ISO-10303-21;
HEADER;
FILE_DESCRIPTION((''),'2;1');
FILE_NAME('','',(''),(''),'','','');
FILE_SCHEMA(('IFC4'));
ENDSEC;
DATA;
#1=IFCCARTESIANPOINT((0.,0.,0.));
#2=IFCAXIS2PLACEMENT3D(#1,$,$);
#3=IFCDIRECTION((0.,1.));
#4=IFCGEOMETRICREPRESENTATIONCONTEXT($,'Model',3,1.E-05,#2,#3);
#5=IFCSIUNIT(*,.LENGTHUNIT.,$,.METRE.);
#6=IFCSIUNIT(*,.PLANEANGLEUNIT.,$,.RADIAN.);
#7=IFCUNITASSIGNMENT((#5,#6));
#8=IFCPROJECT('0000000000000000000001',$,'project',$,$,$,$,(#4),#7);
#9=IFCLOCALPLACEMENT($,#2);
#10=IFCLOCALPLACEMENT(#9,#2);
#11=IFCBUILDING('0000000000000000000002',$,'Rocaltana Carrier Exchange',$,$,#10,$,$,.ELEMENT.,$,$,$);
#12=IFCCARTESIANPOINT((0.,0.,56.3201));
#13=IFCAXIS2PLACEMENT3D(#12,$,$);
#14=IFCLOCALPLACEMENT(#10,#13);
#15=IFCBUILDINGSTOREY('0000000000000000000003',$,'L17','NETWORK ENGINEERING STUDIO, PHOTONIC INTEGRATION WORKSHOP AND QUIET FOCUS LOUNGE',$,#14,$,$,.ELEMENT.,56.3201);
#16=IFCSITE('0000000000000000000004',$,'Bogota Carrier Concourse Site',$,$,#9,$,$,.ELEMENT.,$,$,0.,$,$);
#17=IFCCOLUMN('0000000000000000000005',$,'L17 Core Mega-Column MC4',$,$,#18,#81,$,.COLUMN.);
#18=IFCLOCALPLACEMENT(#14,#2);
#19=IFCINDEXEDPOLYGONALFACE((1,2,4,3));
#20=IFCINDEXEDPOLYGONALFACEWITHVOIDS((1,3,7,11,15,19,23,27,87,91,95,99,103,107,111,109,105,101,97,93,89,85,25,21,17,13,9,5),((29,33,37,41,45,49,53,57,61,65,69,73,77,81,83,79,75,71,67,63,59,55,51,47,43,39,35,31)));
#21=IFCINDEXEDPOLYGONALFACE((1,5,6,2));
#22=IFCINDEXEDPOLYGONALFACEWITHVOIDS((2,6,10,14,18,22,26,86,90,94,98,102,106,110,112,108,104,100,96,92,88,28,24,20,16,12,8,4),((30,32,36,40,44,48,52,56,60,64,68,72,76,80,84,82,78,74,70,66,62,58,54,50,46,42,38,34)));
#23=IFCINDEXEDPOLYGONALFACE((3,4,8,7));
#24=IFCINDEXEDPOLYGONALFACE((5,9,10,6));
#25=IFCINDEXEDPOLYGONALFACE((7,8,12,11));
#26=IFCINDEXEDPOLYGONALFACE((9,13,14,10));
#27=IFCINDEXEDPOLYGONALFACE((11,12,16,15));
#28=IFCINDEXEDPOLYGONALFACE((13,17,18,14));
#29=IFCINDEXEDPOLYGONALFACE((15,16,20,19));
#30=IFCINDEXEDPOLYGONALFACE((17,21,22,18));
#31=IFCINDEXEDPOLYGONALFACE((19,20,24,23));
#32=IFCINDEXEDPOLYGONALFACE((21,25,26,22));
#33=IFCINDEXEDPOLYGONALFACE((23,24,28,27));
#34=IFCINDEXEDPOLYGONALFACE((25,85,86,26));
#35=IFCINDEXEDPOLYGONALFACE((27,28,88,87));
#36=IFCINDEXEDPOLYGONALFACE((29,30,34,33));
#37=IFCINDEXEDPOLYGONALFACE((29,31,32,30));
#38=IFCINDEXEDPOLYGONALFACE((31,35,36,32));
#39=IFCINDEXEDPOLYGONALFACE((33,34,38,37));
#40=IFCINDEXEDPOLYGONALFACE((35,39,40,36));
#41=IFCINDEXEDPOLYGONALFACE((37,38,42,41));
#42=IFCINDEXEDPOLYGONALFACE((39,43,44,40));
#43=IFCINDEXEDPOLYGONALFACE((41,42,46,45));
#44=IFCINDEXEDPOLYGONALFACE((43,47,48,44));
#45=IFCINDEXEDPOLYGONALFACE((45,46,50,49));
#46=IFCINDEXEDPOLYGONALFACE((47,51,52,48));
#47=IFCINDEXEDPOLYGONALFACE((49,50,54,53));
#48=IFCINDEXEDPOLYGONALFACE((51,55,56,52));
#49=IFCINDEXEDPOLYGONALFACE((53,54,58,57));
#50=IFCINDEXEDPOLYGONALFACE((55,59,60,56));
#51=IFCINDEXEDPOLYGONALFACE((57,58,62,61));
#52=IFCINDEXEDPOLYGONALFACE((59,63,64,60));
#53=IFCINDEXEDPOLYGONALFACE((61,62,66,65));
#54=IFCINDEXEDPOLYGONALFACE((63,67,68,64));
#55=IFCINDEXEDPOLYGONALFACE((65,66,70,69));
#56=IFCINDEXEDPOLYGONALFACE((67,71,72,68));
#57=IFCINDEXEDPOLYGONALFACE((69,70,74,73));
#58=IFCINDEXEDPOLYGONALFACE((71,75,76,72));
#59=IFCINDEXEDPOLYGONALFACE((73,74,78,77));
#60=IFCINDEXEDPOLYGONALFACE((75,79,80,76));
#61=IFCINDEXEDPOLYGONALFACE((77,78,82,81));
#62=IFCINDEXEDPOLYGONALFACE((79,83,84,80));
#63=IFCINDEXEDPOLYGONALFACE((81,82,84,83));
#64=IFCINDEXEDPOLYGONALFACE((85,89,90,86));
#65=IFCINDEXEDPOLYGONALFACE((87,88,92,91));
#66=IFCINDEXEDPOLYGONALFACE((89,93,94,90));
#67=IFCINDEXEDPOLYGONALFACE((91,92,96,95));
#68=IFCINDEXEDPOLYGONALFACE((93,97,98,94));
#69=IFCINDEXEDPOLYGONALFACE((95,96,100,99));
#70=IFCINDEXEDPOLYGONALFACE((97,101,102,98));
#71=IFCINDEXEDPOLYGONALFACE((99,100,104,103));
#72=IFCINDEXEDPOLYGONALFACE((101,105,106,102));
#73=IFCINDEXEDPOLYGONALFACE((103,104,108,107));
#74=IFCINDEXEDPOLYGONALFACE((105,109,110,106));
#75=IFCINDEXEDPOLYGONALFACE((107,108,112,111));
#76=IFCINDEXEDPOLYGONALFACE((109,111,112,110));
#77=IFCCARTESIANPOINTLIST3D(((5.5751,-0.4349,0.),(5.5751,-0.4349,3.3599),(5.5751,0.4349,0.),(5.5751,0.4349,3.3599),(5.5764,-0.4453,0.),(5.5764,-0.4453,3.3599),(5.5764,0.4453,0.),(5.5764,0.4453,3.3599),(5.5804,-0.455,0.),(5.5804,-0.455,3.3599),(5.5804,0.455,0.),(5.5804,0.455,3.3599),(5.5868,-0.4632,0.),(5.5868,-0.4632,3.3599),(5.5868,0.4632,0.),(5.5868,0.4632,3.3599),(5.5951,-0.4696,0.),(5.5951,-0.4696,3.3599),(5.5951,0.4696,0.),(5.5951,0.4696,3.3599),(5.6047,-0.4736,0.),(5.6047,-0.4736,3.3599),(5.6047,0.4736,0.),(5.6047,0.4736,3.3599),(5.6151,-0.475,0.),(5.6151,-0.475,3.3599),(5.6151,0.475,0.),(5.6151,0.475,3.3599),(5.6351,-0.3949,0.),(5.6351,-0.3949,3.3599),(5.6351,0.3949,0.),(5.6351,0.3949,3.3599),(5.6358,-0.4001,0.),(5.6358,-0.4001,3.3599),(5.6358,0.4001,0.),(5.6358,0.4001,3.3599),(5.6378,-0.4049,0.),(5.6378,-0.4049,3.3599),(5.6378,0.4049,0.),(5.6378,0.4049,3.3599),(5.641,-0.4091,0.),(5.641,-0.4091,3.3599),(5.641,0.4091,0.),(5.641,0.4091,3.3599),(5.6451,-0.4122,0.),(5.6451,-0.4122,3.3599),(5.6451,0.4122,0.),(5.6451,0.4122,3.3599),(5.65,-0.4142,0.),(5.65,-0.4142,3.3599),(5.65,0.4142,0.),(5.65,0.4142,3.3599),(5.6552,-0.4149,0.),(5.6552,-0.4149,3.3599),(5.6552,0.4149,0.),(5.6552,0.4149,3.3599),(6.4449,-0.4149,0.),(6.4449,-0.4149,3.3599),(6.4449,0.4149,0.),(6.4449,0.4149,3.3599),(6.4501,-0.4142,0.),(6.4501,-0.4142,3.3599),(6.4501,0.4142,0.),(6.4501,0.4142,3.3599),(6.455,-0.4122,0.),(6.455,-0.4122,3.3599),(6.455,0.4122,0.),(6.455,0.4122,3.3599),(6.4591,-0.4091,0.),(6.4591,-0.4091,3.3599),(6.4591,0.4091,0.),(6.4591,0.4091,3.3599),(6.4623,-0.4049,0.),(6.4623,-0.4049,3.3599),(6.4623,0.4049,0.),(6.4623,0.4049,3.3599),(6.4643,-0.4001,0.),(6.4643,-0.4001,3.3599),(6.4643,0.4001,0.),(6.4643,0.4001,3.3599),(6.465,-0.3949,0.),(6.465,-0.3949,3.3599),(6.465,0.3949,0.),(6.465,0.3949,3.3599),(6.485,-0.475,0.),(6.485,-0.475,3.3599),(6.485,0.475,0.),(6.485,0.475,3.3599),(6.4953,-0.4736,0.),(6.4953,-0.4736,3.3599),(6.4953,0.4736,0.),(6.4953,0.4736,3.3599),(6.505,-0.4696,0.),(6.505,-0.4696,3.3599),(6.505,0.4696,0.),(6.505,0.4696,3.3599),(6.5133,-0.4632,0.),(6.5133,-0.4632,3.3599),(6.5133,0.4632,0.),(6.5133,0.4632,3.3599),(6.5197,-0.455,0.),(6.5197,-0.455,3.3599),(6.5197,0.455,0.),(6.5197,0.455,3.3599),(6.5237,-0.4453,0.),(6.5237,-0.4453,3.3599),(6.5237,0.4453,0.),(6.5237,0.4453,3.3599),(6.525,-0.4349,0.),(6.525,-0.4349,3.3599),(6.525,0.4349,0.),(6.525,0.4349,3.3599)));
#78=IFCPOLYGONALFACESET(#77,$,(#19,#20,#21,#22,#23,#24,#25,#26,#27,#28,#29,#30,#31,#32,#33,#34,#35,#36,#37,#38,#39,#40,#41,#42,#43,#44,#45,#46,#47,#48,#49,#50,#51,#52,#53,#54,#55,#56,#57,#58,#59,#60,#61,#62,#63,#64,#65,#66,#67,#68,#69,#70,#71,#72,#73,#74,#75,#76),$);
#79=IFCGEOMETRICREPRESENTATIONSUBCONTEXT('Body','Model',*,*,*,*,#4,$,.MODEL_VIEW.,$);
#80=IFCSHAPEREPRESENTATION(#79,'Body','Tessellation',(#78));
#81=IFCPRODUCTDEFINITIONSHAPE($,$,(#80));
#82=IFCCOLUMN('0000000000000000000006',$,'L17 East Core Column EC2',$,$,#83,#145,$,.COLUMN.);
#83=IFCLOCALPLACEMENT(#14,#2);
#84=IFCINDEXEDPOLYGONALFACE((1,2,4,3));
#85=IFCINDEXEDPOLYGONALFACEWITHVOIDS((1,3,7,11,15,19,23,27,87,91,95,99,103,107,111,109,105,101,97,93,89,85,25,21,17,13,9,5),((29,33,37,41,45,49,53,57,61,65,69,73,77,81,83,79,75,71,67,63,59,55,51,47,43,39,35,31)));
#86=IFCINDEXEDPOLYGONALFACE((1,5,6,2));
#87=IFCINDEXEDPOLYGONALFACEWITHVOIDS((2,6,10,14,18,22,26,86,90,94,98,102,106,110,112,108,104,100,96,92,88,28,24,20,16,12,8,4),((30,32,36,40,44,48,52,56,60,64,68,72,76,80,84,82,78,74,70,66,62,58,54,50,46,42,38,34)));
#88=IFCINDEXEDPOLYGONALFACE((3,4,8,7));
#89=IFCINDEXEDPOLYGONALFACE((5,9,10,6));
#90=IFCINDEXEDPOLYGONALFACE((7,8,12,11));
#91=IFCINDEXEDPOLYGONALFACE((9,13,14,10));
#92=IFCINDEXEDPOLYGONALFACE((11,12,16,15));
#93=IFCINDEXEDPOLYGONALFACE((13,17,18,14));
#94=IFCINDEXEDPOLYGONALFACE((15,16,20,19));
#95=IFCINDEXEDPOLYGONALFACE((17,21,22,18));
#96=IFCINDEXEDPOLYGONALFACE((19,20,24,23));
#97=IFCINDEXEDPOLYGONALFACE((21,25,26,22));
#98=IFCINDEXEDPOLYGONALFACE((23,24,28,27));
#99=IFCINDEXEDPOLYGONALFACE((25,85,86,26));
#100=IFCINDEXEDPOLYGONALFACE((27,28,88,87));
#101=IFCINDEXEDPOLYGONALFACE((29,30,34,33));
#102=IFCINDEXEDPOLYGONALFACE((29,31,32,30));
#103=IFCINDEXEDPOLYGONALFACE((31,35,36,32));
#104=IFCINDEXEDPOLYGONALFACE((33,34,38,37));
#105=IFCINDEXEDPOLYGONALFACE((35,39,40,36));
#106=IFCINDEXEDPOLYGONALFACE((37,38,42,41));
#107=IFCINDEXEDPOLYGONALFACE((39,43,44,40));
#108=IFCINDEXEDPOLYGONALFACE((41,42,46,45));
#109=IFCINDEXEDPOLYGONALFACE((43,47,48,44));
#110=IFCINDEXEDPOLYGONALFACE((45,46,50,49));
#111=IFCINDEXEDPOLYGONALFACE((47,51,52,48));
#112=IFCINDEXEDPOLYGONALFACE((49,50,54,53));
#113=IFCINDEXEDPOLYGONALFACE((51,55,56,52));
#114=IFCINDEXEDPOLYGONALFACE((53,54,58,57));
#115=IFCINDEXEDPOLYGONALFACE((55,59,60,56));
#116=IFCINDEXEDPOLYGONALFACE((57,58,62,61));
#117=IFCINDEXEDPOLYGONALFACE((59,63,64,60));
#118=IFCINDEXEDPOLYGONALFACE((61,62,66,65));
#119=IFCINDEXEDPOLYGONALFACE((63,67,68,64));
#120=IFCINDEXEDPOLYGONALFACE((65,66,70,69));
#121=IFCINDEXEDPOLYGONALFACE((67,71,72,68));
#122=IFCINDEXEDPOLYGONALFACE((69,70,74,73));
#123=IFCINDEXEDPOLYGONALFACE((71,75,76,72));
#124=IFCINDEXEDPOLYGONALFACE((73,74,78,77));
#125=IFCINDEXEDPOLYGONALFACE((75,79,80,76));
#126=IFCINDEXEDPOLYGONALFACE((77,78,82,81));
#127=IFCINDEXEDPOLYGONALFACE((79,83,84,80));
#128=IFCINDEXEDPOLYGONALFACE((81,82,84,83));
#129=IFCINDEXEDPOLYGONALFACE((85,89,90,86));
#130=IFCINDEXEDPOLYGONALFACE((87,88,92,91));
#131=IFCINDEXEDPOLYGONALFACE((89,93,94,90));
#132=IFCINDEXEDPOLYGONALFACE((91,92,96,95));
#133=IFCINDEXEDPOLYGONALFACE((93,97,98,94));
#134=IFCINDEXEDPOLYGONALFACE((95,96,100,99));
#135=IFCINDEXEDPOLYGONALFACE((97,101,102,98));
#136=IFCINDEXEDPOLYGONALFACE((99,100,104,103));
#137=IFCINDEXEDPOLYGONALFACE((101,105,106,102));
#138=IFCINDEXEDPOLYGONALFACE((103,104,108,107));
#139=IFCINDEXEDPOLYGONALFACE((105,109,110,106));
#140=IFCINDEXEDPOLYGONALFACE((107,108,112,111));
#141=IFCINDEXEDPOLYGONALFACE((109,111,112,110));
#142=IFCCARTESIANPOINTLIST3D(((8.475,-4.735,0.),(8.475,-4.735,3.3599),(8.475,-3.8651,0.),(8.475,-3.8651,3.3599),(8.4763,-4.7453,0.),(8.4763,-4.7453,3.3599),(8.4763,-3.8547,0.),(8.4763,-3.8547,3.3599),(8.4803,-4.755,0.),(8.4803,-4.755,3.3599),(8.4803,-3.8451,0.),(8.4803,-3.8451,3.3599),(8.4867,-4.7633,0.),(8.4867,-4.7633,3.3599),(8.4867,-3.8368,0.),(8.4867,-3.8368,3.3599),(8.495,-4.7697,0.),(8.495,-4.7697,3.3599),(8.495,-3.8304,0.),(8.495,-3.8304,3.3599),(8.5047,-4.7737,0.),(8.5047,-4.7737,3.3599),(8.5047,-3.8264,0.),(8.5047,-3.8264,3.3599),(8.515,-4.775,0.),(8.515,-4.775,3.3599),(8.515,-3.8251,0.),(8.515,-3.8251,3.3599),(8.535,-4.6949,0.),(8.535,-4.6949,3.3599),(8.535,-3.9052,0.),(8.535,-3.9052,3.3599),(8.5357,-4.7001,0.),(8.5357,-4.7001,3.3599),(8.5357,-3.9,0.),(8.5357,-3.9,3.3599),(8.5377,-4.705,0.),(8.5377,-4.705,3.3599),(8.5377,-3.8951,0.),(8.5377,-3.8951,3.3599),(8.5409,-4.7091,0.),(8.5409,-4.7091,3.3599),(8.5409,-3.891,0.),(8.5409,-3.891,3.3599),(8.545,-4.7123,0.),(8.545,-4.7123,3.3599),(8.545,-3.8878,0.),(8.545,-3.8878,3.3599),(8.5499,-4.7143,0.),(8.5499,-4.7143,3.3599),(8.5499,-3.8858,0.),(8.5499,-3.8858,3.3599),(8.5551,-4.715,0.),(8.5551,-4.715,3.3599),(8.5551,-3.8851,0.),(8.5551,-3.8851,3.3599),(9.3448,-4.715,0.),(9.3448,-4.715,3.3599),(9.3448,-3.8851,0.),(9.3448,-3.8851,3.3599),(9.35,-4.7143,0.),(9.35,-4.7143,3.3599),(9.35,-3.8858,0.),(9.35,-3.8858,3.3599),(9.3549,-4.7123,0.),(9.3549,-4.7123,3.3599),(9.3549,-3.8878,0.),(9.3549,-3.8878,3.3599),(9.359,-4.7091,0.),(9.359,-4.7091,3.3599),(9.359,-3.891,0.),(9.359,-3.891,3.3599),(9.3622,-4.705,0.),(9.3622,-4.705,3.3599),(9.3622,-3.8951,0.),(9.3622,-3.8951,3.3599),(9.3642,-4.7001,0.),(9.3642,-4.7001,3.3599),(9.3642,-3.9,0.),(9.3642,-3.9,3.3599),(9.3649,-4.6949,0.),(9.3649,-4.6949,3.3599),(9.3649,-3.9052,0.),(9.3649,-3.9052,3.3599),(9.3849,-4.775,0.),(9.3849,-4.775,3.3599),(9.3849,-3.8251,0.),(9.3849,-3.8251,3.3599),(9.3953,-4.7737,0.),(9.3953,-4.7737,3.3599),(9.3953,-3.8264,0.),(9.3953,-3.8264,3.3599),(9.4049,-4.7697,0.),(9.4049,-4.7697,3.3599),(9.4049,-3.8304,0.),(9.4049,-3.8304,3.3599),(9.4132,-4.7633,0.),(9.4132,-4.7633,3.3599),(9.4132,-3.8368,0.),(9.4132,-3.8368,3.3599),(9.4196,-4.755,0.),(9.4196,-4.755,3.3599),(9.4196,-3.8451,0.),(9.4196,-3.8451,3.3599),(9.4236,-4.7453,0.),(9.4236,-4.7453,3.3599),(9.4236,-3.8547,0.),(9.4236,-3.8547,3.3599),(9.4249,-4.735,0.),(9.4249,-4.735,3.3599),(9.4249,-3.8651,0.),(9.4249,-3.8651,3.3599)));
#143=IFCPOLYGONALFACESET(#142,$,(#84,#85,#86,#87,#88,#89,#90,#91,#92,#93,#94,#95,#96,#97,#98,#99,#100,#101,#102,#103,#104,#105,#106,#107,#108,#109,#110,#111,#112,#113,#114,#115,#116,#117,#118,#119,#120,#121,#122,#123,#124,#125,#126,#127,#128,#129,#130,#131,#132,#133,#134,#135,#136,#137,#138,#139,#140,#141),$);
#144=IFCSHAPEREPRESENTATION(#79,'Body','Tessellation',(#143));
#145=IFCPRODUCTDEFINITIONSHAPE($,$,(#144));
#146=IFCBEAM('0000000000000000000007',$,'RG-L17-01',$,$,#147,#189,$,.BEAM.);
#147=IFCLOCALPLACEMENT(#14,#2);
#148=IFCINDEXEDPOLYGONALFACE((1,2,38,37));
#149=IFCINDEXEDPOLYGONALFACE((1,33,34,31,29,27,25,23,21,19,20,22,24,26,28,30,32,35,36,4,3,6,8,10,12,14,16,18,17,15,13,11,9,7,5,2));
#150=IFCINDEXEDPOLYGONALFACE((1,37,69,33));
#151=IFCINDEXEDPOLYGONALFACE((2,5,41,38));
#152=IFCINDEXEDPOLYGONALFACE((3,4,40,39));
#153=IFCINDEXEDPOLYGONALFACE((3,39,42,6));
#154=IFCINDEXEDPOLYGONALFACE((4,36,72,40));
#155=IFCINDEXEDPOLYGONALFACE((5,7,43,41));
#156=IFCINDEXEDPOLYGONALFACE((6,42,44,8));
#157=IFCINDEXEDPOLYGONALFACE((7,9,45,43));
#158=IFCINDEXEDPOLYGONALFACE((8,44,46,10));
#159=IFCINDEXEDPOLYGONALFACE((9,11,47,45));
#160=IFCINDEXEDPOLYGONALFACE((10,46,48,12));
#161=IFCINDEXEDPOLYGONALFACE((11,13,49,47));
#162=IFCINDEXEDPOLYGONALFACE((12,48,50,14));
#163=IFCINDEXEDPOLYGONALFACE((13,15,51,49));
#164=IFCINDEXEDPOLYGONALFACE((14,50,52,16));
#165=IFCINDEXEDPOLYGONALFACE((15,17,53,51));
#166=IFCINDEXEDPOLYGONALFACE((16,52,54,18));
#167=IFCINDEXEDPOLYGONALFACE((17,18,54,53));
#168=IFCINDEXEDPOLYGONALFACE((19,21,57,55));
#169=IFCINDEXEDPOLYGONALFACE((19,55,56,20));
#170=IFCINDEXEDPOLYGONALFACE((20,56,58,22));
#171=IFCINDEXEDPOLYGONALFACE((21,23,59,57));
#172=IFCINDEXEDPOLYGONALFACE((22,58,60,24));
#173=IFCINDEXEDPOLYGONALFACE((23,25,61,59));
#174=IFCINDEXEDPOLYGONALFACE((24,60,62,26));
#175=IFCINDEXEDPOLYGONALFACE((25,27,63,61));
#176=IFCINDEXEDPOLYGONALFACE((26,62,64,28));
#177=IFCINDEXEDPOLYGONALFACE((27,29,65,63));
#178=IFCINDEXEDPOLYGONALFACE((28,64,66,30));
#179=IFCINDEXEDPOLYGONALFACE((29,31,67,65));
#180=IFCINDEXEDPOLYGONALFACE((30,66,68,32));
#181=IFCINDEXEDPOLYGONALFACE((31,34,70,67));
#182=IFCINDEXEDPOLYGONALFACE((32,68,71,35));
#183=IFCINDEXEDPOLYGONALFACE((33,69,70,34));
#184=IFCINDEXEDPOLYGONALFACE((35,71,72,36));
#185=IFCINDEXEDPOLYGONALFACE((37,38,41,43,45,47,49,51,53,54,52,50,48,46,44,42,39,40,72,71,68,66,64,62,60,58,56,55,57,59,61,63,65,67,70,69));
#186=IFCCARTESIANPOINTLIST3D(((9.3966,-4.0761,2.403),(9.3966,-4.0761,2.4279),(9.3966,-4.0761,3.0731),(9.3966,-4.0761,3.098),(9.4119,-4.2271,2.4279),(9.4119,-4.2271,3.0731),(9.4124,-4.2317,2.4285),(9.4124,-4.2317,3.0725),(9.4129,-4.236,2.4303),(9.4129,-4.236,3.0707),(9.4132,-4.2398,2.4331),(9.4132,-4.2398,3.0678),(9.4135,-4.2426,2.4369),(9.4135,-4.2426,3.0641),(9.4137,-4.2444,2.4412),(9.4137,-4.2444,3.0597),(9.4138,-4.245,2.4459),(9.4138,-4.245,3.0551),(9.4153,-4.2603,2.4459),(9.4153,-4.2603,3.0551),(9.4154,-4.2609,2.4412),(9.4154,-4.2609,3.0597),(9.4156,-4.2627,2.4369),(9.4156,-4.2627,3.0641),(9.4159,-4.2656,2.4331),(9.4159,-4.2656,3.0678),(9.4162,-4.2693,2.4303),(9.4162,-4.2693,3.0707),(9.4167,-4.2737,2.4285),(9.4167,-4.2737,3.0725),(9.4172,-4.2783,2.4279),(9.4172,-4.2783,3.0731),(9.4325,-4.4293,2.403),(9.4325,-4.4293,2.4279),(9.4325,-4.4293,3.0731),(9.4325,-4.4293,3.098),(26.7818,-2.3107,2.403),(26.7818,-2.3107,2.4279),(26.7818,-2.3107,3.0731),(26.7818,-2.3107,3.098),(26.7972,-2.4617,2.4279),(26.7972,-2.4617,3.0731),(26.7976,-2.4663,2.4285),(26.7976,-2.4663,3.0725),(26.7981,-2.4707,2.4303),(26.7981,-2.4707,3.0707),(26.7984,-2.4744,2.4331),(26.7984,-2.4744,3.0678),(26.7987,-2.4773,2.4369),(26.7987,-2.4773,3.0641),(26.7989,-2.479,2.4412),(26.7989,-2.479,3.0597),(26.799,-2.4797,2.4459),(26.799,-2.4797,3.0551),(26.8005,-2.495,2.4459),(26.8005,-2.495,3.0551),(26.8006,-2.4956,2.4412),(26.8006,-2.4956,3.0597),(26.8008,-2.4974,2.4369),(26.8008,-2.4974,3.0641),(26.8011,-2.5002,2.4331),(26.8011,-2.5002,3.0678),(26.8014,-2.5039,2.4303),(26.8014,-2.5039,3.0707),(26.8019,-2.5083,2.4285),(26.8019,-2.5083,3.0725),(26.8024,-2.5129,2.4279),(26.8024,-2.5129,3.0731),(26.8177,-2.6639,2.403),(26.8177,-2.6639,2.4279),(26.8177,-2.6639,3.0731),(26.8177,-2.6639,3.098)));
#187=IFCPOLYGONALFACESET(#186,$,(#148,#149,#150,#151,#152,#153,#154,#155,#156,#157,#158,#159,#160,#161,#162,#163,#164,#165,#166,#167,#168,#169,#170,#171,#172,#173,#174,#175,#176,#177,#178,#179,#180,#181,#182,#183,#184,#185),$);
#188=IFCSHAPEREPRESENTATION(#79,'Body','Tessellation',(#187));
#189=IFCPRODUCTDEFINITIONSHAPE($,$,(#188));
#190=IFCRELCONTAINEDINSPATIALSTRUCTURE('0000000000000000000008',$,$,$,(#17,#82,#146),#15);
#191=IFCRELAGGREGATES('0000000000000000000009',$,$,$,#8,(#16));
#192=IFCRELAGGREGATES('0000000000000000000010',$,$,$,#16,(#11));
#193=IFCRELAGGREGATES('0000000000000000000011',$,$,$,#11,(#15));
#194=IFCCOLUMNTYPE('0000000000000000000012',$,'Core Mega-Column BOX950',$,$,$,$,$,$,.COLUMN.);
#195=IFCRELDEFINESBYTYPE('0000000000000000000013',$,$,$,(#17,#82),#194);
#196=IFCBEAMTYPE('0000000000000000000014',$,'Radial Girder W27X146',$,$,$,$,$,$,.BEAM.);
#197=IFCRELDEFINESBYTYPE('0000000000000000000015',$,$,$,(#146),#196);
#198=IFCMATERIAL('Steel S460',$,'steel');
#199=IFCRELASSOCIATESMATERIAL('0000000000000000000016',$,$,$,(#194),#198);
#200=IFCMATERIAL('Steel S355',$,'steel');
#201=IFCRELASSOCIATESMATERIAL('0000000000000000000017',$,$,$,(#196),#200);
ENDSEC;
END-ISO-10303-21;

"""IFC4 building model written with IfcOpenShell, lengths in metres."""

from ifc_helpers import new_model, si_unit, direction, frame, origin, origin_2d, place, context, subcontext, project, spatial, hollow_rectangle, i_section, extrude, material, material_profile, profile_set, type_object, element, save


model = new_model("IFC4")

# Units and contexts
model_context = context("Model", 3, precision=1e-05, world=origin(), true_north=direction((0.0, 1.0)))
body_context = subcontext(model_context, "Body", "Model", "MODEL_VIEW")
ifc_project = project(units=[si_unit("LENGTHUNIT", "METRE"), si_unit("PLANEANGLEUNIT", "RADIAN")], contexts=[model_context])

# Site, building, storey
site_placement = place(None, origin())
site = spatial("IfcSite", under=ifc_project, at=site_placement, Name="Bogota Carrier Concourse Site", CompositionType="ELEMENT", RefElevation=0.0)
building_placement = place(site_placement, origin())
building = spatial("IfcBuilding", under=site, at=building_placement, Name="Rocaltana Carrier Exchange", CompositionType="ELEMENT")
storey_placement = place(building_placement, frame((0.0, 0.0, 56.3201)))
storey = spatial("IfcBuildingStorey", under=building, at=storey_placement, Name="L17", Description="NETWORK ENGINEERING STUDIO, PHOTONIC INTEGRATION WORKSHOP AND QUIET FOCUS LOUNGE", CompositionType="ELEMENT", Elevation=56.3201)

# Columns
ifc_material_1 = material(Name="Steel S460", Category="steel")
ifc_material_profile_1 = material_profile(ifc_material_1, hollow_rectangle(XDim=0.95, YDim=0.95, WallThickness=0.0601, InnerFilletRadius=0.02, OuterFilletRadius=0.04, at=origin_2d()), Name="BOX950X950X60")
ifc_profile_set_1 = profile_set([ifc_material_profile_1], Name="Steel S460")
column_type = type_object("IfcColumnType", Name="Core Mega-Column BOX950", PredefinedType="COLUMN", material=ifc_profile_set_1)
for number, where, z_axis, x_axis, name in (
    (1, (6.05, 0.0, 0.0), (0.0, 0.0, 1.0), (1.0, 0.0, 0.0), "L17 Core Mega-Column MC4"),
    (2, (8.95, -4.3, 0.0), (0.0, 0.0, 1.0), (1.0, 0.0, 0.0), "L17 East Core Column EC2"),
):
    element("IfcColumn", number, at=place(storey_placement, frame(where, z_axis=z_axis, x_axis=x_axis)), inside=storey, type_object=column_type, Name=name, PredefinedType="COLUMN", context=body_context, shape_type="SweptSolid", body=[
        extrude(hollow_rectangle(XDim=0.95, YDim=0.95, WallThickness=0.0601, InnerFilletRadius=0.02, OuterFilletRadius=0.04, at=origin_2d()), origin(), (0.0, 0.0, 1.0), 3.3599),
    ])

# Beam
ifc_material_2 = material(Name="Steel S355", Category="steel")
ifc_material_profile_2 = material_profile(ifc_material_2, i_section(OverallWidth=0.355, OverallDepth=0.6951, WebThickness=0.0154, FlangeThickness=0.0249, FilletRadius=0.0181, at=origin_2d()), Name="W27X146")
ifc_profile_set_2 = profile_set([ifc_material_profile_2], Name="Steel S355")
beam_type = type_object("IfcBeamType", Name="Radial Girder W27X146", PredefinedType="BEAM", material=ifc_profile_set_2)
beam_placement = place(storey_placement, frame((9.4146, -4.2527, 2.7505), z_axis=(0.994884, 0.101025, 0.0), x_axis=(-0.101025, 0.994884, 0.0)))
element("IfcBeam", 3, at=beam_placement, inside=storey, type_object=beam_type, Name="RG-L17-01", PredefinedType="BEAM", context=body_context, shape_type="SweptSolid", body=[
    extrude(i_section(OverallWidth=0.355, OverallDepth=0.6951, WebThickness=0.0154, FlangeThickness=0.0249, FilletRadius=0.0181, at=origin_2d()), origin(), (0.0, 0.0, 1.0), 17.4746),
])

save(model, "model.ifc")
